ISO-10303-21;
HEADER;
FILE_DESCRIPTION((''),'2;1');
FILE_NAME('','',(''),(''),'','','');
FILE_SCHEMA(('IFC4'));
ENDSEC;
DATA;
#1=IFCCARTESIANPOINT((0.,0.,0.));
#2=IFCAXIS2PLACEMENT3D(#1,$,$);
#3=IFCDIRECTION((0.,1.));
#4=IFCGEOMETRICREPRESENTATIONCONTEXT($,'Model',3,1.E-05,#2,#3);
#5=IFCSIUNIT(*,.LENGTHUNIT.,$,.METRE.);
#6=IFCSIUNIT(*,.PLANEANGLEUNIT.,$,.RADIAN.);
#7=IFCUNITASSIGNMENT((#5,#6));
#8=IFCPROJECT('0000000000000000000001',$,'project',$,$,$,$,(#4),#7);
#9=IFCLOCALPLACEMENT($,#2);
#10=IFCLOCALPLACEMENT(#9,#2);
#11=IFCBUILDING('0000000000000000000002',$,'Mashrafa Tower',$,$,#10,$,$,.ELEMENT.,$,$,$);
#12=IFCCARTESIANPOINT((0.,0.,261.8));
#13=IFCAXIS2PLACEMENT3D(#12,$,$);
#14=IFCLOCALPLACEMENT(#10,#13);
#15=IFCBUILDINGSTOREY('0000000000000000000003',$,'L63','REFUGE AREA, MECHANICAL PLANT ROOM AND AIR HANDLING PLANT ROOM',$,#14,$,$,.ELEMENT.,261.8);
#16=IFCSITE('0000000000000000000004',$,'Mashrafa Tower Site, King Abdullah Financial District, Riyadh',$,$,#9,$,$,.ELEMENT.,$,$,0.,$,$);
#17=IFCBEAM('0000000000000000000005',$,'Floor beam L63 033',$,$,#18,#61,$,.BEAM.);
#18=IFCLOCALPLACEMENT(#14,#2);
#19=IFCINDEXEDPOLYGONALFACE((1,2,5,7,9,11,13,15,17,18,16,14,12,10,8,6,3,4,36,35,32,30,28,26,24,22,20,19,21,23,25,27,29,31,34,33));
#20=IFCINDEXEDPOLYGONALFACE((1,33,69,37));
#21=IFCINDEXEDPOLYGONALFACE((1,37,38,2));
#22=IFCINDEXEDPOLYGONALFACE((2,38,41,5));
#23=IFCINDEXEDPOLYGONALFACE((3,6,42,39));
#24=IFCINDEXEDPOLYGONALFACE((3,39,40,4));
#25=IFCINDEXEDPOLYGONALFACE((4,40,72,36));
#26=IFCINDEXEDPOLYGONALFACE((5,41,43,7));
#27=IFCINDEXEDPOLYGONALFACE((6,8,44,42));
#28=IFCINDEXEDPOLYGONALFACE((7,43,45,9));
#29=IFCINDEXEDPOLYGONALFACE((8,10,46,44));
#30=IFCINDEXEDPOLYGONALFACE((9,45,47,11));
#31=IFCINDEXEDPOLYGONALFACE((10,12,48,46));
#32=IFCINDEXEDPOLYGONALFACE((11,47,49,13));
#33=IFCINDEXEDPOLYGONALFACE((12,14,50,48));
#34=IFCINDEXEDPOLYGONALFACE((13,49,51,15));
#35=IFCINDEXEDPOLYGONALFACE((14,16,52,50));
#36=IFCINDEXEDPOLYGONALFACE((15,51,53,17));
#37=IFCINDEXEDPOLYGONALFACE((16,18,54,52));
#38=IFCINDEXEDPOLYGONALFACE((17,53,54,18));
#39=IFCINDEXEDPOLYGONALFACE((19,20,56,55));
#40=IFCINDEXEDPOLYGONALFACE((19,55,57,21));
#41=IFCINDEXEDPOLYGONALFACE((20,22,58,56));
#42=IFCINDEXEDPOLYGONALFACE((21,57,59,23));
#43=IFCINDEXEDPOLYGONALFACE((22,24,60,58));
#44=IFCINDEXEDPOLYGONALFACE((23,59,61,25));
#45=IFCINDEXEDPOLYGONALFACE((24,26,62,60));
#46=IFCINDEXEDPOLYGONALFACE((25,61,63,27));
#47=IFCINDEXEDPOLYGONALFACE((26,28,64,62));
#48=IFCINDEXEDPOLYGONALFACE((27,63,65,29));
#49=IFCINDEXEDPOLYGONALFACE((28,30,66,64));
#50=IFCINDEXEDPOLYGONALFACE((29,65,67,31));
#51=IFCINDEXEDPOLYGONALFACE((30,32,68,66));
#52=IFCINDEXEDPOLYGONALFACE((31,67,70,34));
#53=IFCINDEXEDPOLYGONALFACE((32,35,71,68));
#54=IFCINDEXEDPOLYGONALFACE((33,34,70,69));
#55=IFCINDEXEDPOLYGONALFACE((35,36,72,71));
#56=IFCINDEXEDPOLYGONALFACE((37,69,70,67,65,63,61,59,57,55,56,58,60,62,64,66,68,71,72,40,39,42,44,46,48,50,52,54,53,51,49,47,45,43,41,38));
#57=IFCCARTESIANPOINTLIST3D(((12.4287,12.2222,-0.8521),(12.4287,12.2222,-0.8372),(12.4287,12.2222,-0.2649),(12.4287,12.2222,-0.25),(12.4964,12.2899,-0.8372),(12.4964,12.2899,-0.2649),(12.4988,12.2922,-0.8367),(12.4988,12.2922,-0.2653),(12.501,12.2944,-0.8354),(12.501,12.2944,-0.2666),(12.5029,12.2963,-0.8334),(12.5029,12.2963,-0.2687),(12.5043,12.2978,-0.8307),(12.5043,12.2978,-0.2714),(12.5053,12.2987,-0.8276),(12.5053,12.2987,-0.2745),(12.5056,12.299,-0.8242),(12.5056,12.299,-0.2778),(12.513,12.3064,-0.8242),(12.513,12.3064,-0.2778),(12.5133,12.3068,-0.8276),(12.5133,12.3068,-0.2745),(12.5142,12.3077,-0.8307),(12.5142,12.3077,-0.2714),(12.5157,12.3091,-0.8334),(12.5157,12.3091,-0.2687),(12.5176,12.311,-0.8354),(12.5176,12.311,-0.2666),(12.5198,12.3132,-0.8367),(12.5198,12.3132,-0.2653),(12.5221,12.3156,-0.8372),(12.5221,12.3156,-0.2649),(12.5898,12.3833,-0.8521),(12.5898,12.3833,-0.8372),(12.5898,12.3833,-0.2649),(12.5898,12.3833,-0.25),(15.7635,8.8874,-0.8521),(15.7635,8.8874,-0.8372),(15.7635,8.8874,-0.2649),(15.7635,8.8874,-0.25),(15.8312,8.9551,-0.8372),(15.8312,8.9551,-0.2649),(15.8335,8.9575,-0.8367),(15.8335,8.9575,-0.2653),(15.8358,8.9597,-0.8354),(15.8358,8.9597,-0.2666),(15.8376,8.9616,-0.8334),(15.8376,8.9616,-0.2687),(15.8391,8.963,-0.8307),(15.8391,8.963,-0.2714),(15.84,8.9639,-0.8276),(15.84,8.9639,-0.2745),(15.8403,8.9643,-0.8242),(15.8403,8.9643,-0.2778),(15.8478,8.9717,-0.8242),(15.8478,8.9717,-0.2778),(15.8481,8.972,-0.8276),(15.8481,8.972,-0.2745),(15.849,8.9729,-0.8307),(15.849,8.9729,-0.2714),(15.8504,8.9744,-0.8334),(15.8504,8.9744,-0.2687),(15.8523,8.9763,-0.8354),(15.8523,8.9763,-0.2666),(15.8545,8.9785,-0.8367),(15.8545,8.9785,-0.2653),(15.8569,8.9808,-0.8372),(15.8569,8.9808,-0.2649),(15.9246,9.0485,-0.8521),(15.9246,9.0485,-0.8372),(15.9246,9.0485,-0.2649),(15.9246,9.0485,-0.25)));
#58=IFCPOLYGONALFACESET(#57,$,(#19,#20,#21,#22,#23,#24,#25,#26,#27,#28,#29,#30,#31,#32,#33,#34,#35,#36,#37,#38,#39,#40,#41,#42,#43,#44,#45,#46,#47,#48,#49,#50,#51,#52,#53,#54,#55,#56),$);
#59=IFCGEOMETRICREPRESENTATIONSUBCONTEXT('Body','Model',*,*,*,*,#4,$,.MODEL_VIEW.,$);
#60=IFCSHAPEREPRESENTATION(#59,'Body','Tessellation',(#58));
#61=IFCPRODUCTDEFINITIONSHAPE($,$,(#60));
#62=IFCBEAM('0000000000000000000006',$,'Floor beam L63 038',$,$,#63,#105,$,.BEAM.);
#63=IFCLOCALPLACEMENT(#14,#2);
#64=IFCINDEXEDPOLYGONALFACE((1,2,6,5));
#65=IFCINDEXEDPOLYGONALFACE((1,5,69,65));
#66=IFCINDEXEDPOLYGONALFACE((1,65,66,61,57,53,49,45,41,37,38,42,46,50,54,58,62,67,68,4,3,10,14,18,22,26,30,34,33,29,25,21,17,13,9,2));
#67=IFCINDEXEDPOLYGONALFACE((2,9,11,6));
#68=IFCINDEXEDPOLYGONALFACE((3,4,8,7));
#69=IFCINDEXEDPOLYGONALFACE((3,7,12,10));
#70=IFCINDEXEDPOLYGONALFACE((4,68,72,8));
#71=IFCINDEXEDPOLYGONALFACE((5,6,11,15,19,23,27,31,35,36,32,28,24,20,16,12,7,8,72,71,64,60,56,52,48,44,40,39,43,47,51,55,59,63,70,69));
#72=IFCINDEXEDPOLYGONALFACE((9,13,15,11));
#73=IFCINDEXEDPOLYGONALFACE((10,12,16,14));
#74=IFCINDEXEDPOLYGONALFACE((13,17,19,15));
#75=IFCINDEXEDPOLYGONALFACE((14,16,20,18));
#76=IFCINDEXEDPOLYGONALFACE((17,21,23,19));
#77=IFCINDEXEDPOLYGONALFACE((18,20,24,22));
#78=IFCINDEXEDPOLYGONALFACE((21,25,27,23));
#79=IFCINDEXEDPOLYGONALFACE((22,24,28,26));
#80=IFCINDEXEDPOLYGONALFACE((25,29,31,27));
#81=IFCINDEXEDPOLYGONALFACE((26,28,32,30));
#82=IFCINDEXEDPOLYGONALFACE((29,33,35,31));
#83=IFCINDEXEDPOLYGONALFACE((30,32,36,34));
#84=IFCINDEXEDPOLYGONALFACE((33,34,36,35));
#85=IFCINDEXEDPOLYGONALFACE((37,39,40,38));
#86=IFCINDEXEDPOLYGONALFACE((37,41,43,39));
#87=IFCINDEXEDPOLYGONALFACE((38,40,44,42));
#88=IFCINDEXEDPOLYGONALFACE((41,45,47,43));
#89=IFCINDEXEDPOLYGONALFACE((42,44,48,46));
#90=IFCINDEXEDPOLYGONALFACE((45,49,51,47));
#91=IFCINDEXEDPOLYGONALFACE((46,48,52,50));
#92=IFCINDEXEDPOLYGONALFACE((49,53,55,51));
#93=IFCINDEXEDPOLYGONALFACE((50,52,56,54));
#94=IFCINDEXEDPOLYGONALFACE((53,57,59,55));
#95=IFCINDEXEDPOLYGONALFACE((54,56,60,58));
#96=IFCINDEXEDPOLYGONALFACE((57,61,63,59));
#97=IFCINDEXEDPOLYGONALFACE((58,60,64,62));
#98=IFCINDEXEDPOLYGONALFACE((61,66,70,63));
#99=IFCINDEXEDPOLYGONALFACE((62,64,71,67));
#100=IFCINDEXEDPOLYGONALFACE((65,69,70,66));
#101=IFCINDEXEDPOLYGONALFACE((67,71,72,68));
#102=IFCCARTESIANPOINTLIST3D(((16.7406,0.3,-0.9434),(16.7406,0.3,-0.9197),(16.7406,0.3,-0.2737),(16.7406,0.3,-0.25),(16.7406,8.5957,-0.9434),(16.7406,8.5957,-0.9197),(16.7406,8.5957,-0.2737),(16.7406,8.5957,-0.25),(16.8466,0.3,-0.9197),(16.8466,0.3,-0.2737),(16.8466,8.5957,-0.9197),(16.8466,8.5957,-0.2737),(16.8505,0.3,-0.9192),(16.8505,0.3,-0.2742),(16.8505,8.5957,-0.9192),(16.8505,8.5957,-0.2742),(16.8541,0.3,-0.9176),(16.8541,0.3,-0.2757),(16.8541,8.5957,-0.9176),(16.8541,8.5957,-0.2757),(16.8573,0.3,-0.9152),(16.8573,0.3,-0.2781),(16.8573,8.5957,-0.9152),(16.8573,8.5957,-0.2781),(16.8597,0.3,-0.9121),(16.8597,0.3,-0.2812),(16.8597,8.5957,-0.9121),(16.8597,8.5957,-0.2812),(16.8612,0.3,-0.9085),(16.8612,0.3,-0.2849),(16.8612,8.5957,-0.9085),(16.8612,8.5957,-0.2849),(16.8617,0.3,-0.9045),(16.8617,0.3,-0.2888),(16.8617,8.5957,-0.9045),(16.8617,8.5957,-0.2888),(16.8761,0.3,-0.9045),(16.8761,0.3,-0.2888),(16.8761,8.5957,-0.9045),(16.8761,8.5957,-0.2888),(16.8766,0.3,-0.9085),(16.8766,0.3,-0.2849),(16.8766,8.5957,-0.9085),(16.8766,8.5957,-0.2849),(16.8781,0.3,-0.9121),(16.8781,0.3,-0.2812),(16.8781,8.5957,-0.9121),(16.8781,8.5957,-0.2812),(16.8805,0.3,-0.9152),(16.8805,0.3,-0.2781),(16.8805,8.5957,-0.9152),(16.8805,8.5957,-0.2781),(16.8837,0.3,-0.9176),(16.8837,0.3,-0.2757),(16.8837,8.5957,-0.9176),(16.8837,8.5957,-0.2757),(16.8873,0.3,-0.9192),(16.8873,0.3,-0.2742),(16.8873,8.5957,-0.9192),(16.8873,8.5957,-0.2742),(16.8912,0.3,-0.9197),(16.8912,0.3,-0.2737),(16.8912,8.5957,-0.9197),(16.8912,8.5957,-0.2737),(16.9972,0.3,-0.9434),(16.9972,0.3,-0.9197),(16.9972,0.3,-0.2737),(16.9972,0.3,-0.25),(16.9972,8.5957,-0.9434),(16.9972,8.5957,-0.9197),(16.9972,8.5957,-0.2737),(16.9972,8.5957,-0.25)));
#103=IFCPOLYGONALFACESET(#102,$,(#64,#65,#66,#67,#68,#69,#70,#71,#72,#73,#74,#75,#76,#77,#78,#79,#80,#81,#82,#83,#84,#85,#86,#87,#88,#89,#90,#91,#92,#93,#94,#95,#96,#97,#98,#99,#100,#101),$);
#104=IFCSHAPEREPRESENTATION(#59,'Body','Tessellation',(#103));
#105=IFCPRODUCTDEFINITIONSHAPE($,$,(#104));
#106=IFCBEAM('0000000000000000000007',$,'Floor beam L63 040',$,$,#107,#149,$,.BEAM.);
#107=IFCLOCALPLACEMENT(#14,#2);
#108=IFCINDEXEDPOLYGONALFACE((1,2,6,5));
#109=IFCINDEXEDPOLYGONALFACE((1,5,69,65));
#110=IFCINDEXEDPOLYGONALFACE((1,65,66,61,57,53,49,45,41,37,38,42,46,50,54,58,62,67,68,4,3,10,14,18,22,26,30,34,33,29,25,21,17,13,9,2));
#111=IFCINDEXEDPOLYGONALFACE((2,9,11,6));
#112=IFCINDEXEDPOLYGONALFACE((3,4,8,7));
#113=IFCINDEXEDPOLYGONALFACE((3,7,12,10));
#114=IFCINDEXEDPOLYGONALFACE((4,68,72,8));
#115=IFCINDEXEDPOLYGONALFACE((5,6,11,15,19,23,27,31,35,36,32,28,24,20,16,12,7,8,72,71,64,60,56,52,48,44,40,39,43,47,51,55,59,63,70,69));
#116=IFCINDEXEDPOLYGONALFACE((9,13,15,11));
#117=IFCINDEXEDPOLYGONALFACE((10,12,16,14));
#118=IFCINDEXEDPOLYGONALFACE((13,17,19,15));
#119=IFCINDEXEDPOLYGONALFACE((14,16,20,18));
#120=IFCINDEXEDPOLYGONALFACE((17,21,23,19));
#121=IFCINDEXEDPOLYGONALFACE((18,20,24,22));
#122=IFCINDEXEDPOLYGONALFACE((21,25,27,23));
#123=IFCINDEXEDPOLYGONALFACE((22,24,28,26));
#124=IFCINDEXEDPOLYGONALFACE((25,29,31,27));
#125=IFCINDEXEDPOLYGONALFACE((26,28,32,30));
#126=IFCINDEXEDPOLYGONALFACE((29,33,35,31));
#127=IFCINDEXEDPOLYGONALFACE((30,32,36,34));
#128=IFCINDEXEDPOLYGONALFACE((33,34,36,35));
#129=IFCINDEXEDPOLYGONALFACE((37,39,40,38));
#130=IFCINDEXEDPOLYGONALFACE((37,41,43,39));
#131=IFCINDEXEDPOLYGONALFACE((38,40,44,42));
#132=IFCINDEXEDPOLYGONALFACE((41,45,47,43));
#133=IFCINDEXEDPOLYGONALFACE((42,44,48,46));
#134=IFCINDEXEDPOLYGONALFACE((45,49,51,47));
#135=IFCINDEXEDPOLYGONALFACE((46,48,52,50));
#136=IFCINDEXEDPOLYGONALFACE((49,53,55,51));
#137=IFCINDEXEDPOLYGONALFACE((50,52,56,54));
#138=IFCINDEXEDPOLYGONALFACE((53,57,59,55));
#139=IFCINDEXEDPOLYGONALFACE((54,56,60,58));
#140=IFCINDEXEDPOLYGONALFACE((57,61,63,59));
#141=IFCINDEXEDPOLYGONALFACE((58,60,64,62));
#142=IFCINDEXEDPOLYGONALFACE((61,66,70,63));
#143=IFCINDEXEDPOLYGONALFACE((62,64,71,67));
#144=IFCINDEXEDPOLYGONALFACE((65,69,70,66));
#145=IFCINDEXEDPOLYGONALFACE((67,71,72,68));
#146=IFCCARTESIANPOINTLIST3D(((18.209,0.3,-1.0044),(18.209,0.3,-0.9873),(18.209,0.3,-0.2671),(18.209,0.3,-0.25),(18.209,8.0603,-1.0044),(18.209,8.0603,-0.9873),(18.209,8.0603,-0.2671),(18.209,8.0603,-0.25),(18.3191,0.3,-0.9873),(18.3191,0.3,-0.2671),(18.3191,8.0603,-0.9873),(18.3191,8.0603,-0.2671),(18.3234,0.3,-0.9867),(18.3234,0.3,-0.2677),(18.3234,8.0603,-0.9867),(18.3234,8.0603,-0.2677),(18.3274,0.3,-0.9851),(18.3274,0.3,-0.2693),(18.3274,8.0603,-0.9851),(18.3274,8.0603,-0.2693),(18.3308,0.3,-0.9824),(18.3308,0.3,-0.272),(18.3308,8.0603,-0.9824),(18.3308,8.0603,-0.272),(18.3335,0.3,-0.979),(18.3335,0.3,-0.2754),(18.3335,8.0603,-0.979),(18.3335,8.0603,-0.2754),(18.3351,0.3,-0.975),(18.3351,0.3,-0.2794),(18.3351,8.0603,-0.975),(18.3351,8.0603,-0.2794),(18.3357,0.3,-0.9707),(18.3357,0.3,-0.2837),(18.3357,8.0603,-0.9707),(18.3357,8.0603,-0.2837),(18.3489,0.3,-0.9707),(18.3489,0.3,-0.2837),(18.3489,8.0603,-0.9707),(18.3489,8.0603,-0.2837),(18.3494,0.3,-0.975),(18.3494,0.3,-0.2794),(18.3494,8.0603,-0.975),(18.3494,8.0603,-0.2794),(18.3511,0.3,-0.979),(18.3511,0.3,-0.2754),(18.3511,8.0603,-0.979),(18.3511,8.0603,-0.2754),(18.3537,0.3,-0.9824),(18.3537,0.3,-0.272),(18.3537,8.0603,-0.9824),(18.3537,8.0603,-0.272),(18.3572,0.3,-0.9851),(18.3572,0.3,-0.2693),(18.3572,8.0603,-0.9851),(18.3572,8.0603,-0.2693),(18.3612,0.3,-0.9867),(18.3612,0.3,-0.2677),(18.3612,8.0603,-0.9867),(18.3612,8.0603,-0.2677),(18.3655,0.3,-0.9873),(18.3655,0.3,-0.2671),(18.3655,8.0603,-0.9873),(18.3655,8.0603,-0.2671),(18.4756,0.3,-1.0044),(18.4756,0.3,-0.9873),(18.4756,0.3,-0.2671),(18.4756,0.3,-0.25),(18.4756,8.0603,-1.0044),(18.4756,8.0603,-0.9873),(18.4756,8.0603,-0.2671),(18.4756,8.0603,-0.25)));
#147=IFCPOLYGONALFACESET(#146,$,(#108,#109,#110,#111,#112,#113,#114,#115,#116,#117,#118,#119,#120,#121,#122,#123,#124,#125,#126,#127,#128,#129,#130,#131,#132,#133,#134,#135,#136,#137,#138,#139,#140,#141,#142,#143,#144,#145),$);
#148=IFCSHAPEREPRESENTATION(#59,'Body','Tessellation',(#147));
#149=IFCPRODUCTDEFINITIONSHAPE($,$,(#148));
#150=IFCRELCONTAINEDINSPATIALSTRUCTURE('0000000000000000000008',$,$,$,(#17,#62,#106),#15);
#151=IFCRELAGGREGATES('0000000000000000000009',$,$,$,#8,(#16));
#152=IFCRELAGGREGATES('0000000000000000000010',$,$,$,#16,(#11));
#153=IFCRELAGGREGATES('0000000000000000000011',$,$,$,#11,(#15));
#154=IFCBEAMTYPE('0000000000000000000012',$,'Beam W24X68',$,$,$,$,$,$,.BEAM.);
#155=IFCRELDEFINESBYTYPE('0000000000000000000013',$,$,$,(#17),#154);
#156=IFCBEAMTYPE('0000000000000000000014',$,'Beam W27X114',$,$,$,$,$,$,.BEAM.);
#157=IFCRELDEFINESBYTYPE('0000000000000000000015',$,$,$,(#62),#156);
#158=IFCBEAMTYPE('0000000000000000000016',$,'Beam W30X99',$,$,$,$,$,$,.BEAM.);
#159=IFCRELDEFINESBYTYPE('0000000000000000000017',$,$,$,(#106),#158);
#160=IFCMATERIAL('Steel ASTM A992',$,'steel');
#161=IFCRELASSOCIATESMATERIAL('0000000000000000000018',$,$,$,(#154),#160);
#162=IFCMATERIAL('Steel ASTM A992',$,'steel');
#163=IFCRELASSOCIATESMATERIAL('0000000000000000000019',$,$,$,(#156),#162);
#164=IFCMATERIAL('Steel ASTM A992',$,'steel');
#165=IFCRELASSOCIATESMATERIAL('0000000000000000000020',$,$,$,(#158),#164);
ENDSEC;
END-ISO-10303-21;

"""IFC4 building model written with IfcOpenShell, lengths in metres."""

from ifc_helpers import new_model, si_unit, direction, frame, origin, origin_2d, place, context, subcontext, project, spatial, i_section, extrude, material, material_profile, profile_set, type_object, element, save


model = new_model("IFC4")

# Units and contexts
model_context = context("Model", 3, precision=1e-05, world=origin(), true_north=direction((0.0, 1.0)))
body_context = subcontext(model_context, "Body", "Model", "MODEL_VIEW")
ifc_project = project(units=[si_unit("LENGTHUNIT", "METRE"), si_unit("PLANEANGLEUNIT", "RADIAN")], contexts=[model_context])

# Site, building, storey
site_placement = place(None, origin())
site = spatial("IfcSite", under=ifc_project, at=site_placement, Name="Mashrafa Tower Site, King Abdullah Financial District, Riyadh", CompositionType="ELEMENT", RefElevation=0.0)
building_placement = place(site_placement, origin())
building = spatial("IfcBuilding", under=site, at=building_placement, Name="Mashrafa Tower", CompositionType="ELEMENT")
storey_placement = place(building_placement, frame((0.0, 0.0, 261.8)))
storey = spatial("IfcBuildingStorey", under=building, at=storey_placement, Name="L63", Description="REFUGE AREA, MECHANICAL PLANT ROOM AND AIR HANDLING PLANT ROOM", CompositionType="ELEMENT", Elevation=261.8)

# Beams
ifc_material_1 = material(Name="Steel ASTM A992", Category="steel")
ifc_material_profile_1 = material_profile(ifc_material_1, i_section(OverallWidth=0.2278, OverallDepth=0.6021, WebThickness=0.0105, FlangeThickness=0.0149, FilletRadius=0.0129, at=origin_2d()), Name="W24X68")
ifc_profile_set_1 = profile_set([ifc_material_profile_1], Name="Steel ASTM A992")
beam_type_1 = type_object("IfcBeamType", Name="Beam W24X68", PredefinedType="BEAM", material=ifc_profile_set_1)
beam_1_placement = place(storey_placement, frame((12.5093, 12.3027, -0.551), z_axis=(0.707107, -0.707107, 0.0), x_axis=(0.707107, 0.707107, 0.0)))
element("IfcBeam", 1, at=beam_1_placement, inside=storey, type_object=beam_type_1, Name="Floor beam L63 033", PredefinedType="BEAM", context=body_context, shape_type="SweptSolid", body=[
    extrude(i_section(OverallWidth=0.2278, OverallDepth=0.6021, WebThickness=0.0105, FlangeThickness=0.0149, FilletRadius=0.0129, at=origin_2d()), origin(), (0.0, 0.0, 1.0), 4.7161),
])
ifc_material_2 = material(Name="Steel ASTM A992", Category="steel")
ifc_material_profile_2 = material_profile(ifc_material_2, i_section(OverallWidth=0.2566, OverallDepth=0.6934, WebThickness=0.0144, FlangeThickness=0.0237, FilletRadius=0.0151, at=origin_2d()), Name="W27X114")
ifc_profile_set_2 = profile_set([ifc_material_profile_2], Name="Steel ASTM A992")
beam_type_2 = type_object("IfcBeamType", Name="Beam W27X114", PredefinedType="BEAM", material=ifc_profile_set_2)
beam_2_placement = place(storey_placement, frame((16.8689, 8.5957, -0.5967), z_axis=(0.0, -1.0, 0.0), x_axis=(1.0, 0.0, 0.0)))
element("IfcBeam", 2, at=beam_2_placement, inside=storey, type_object=beam_type_2, Name="Floor beam L63 038", PredefinedType="BEAM", context=body_context, shape_type="SweptSolid", body=[
    extrude(i_section(OverallWidth=0.2566, OverallDepth=0.6934, WebThickness=0.0144, FlangeThickness=0.0237, FilletRadius=0.0151, at=origin_2d()), origin(), (0.0, 0.0, 1.0), 8.2957),
])
ifc_material_3 = material(Name="Steel ASTM A992", Category="steel")
ifc_material_profile_3 = material_profile(ifc_material_3, i_section(OverallWidth=0.2666, OverallDepth=0.7544, WebThickness=0.0132, FlangeThickness=0.0171, FilletRadius=0.0166, at=origin_2d()), Name="W30X99")
ifc_profile_set_3 = profile_set([ifc_material_profile_3], Name="Steel ASTM A992")
beam_type_3 = type_object("IfcBeamType", Name="Beam W30X99", PredefinedType="BEAM", material=ifc_profile_set_3)
beam_3_placement = place(storey_placement, frame((18.3423, 8.0603, -0.6272), z_axis=(0.0, -1.0, 0.0), x_axis=(1.0, 0.0, 0.0)))
element("IfcBeam", 3, at=beam_3_placement, inside=storey, type_object=beam_type_3, Name="Floor beam L63 040", PredefinedType="BEAM", context=body_context, shape_type="SweptSolid", body=[
    extrude(i_section(OverallWidth=0.2666, OverallDepth=0.7544, WebThickness=0.0132, FlangeThickness=0.0171, FilletRadius=0.0166, at=origin_2d()), origin(), (0.0, 0.0, 1.0), 7.7603),
])

save(model, "model.ifc")
